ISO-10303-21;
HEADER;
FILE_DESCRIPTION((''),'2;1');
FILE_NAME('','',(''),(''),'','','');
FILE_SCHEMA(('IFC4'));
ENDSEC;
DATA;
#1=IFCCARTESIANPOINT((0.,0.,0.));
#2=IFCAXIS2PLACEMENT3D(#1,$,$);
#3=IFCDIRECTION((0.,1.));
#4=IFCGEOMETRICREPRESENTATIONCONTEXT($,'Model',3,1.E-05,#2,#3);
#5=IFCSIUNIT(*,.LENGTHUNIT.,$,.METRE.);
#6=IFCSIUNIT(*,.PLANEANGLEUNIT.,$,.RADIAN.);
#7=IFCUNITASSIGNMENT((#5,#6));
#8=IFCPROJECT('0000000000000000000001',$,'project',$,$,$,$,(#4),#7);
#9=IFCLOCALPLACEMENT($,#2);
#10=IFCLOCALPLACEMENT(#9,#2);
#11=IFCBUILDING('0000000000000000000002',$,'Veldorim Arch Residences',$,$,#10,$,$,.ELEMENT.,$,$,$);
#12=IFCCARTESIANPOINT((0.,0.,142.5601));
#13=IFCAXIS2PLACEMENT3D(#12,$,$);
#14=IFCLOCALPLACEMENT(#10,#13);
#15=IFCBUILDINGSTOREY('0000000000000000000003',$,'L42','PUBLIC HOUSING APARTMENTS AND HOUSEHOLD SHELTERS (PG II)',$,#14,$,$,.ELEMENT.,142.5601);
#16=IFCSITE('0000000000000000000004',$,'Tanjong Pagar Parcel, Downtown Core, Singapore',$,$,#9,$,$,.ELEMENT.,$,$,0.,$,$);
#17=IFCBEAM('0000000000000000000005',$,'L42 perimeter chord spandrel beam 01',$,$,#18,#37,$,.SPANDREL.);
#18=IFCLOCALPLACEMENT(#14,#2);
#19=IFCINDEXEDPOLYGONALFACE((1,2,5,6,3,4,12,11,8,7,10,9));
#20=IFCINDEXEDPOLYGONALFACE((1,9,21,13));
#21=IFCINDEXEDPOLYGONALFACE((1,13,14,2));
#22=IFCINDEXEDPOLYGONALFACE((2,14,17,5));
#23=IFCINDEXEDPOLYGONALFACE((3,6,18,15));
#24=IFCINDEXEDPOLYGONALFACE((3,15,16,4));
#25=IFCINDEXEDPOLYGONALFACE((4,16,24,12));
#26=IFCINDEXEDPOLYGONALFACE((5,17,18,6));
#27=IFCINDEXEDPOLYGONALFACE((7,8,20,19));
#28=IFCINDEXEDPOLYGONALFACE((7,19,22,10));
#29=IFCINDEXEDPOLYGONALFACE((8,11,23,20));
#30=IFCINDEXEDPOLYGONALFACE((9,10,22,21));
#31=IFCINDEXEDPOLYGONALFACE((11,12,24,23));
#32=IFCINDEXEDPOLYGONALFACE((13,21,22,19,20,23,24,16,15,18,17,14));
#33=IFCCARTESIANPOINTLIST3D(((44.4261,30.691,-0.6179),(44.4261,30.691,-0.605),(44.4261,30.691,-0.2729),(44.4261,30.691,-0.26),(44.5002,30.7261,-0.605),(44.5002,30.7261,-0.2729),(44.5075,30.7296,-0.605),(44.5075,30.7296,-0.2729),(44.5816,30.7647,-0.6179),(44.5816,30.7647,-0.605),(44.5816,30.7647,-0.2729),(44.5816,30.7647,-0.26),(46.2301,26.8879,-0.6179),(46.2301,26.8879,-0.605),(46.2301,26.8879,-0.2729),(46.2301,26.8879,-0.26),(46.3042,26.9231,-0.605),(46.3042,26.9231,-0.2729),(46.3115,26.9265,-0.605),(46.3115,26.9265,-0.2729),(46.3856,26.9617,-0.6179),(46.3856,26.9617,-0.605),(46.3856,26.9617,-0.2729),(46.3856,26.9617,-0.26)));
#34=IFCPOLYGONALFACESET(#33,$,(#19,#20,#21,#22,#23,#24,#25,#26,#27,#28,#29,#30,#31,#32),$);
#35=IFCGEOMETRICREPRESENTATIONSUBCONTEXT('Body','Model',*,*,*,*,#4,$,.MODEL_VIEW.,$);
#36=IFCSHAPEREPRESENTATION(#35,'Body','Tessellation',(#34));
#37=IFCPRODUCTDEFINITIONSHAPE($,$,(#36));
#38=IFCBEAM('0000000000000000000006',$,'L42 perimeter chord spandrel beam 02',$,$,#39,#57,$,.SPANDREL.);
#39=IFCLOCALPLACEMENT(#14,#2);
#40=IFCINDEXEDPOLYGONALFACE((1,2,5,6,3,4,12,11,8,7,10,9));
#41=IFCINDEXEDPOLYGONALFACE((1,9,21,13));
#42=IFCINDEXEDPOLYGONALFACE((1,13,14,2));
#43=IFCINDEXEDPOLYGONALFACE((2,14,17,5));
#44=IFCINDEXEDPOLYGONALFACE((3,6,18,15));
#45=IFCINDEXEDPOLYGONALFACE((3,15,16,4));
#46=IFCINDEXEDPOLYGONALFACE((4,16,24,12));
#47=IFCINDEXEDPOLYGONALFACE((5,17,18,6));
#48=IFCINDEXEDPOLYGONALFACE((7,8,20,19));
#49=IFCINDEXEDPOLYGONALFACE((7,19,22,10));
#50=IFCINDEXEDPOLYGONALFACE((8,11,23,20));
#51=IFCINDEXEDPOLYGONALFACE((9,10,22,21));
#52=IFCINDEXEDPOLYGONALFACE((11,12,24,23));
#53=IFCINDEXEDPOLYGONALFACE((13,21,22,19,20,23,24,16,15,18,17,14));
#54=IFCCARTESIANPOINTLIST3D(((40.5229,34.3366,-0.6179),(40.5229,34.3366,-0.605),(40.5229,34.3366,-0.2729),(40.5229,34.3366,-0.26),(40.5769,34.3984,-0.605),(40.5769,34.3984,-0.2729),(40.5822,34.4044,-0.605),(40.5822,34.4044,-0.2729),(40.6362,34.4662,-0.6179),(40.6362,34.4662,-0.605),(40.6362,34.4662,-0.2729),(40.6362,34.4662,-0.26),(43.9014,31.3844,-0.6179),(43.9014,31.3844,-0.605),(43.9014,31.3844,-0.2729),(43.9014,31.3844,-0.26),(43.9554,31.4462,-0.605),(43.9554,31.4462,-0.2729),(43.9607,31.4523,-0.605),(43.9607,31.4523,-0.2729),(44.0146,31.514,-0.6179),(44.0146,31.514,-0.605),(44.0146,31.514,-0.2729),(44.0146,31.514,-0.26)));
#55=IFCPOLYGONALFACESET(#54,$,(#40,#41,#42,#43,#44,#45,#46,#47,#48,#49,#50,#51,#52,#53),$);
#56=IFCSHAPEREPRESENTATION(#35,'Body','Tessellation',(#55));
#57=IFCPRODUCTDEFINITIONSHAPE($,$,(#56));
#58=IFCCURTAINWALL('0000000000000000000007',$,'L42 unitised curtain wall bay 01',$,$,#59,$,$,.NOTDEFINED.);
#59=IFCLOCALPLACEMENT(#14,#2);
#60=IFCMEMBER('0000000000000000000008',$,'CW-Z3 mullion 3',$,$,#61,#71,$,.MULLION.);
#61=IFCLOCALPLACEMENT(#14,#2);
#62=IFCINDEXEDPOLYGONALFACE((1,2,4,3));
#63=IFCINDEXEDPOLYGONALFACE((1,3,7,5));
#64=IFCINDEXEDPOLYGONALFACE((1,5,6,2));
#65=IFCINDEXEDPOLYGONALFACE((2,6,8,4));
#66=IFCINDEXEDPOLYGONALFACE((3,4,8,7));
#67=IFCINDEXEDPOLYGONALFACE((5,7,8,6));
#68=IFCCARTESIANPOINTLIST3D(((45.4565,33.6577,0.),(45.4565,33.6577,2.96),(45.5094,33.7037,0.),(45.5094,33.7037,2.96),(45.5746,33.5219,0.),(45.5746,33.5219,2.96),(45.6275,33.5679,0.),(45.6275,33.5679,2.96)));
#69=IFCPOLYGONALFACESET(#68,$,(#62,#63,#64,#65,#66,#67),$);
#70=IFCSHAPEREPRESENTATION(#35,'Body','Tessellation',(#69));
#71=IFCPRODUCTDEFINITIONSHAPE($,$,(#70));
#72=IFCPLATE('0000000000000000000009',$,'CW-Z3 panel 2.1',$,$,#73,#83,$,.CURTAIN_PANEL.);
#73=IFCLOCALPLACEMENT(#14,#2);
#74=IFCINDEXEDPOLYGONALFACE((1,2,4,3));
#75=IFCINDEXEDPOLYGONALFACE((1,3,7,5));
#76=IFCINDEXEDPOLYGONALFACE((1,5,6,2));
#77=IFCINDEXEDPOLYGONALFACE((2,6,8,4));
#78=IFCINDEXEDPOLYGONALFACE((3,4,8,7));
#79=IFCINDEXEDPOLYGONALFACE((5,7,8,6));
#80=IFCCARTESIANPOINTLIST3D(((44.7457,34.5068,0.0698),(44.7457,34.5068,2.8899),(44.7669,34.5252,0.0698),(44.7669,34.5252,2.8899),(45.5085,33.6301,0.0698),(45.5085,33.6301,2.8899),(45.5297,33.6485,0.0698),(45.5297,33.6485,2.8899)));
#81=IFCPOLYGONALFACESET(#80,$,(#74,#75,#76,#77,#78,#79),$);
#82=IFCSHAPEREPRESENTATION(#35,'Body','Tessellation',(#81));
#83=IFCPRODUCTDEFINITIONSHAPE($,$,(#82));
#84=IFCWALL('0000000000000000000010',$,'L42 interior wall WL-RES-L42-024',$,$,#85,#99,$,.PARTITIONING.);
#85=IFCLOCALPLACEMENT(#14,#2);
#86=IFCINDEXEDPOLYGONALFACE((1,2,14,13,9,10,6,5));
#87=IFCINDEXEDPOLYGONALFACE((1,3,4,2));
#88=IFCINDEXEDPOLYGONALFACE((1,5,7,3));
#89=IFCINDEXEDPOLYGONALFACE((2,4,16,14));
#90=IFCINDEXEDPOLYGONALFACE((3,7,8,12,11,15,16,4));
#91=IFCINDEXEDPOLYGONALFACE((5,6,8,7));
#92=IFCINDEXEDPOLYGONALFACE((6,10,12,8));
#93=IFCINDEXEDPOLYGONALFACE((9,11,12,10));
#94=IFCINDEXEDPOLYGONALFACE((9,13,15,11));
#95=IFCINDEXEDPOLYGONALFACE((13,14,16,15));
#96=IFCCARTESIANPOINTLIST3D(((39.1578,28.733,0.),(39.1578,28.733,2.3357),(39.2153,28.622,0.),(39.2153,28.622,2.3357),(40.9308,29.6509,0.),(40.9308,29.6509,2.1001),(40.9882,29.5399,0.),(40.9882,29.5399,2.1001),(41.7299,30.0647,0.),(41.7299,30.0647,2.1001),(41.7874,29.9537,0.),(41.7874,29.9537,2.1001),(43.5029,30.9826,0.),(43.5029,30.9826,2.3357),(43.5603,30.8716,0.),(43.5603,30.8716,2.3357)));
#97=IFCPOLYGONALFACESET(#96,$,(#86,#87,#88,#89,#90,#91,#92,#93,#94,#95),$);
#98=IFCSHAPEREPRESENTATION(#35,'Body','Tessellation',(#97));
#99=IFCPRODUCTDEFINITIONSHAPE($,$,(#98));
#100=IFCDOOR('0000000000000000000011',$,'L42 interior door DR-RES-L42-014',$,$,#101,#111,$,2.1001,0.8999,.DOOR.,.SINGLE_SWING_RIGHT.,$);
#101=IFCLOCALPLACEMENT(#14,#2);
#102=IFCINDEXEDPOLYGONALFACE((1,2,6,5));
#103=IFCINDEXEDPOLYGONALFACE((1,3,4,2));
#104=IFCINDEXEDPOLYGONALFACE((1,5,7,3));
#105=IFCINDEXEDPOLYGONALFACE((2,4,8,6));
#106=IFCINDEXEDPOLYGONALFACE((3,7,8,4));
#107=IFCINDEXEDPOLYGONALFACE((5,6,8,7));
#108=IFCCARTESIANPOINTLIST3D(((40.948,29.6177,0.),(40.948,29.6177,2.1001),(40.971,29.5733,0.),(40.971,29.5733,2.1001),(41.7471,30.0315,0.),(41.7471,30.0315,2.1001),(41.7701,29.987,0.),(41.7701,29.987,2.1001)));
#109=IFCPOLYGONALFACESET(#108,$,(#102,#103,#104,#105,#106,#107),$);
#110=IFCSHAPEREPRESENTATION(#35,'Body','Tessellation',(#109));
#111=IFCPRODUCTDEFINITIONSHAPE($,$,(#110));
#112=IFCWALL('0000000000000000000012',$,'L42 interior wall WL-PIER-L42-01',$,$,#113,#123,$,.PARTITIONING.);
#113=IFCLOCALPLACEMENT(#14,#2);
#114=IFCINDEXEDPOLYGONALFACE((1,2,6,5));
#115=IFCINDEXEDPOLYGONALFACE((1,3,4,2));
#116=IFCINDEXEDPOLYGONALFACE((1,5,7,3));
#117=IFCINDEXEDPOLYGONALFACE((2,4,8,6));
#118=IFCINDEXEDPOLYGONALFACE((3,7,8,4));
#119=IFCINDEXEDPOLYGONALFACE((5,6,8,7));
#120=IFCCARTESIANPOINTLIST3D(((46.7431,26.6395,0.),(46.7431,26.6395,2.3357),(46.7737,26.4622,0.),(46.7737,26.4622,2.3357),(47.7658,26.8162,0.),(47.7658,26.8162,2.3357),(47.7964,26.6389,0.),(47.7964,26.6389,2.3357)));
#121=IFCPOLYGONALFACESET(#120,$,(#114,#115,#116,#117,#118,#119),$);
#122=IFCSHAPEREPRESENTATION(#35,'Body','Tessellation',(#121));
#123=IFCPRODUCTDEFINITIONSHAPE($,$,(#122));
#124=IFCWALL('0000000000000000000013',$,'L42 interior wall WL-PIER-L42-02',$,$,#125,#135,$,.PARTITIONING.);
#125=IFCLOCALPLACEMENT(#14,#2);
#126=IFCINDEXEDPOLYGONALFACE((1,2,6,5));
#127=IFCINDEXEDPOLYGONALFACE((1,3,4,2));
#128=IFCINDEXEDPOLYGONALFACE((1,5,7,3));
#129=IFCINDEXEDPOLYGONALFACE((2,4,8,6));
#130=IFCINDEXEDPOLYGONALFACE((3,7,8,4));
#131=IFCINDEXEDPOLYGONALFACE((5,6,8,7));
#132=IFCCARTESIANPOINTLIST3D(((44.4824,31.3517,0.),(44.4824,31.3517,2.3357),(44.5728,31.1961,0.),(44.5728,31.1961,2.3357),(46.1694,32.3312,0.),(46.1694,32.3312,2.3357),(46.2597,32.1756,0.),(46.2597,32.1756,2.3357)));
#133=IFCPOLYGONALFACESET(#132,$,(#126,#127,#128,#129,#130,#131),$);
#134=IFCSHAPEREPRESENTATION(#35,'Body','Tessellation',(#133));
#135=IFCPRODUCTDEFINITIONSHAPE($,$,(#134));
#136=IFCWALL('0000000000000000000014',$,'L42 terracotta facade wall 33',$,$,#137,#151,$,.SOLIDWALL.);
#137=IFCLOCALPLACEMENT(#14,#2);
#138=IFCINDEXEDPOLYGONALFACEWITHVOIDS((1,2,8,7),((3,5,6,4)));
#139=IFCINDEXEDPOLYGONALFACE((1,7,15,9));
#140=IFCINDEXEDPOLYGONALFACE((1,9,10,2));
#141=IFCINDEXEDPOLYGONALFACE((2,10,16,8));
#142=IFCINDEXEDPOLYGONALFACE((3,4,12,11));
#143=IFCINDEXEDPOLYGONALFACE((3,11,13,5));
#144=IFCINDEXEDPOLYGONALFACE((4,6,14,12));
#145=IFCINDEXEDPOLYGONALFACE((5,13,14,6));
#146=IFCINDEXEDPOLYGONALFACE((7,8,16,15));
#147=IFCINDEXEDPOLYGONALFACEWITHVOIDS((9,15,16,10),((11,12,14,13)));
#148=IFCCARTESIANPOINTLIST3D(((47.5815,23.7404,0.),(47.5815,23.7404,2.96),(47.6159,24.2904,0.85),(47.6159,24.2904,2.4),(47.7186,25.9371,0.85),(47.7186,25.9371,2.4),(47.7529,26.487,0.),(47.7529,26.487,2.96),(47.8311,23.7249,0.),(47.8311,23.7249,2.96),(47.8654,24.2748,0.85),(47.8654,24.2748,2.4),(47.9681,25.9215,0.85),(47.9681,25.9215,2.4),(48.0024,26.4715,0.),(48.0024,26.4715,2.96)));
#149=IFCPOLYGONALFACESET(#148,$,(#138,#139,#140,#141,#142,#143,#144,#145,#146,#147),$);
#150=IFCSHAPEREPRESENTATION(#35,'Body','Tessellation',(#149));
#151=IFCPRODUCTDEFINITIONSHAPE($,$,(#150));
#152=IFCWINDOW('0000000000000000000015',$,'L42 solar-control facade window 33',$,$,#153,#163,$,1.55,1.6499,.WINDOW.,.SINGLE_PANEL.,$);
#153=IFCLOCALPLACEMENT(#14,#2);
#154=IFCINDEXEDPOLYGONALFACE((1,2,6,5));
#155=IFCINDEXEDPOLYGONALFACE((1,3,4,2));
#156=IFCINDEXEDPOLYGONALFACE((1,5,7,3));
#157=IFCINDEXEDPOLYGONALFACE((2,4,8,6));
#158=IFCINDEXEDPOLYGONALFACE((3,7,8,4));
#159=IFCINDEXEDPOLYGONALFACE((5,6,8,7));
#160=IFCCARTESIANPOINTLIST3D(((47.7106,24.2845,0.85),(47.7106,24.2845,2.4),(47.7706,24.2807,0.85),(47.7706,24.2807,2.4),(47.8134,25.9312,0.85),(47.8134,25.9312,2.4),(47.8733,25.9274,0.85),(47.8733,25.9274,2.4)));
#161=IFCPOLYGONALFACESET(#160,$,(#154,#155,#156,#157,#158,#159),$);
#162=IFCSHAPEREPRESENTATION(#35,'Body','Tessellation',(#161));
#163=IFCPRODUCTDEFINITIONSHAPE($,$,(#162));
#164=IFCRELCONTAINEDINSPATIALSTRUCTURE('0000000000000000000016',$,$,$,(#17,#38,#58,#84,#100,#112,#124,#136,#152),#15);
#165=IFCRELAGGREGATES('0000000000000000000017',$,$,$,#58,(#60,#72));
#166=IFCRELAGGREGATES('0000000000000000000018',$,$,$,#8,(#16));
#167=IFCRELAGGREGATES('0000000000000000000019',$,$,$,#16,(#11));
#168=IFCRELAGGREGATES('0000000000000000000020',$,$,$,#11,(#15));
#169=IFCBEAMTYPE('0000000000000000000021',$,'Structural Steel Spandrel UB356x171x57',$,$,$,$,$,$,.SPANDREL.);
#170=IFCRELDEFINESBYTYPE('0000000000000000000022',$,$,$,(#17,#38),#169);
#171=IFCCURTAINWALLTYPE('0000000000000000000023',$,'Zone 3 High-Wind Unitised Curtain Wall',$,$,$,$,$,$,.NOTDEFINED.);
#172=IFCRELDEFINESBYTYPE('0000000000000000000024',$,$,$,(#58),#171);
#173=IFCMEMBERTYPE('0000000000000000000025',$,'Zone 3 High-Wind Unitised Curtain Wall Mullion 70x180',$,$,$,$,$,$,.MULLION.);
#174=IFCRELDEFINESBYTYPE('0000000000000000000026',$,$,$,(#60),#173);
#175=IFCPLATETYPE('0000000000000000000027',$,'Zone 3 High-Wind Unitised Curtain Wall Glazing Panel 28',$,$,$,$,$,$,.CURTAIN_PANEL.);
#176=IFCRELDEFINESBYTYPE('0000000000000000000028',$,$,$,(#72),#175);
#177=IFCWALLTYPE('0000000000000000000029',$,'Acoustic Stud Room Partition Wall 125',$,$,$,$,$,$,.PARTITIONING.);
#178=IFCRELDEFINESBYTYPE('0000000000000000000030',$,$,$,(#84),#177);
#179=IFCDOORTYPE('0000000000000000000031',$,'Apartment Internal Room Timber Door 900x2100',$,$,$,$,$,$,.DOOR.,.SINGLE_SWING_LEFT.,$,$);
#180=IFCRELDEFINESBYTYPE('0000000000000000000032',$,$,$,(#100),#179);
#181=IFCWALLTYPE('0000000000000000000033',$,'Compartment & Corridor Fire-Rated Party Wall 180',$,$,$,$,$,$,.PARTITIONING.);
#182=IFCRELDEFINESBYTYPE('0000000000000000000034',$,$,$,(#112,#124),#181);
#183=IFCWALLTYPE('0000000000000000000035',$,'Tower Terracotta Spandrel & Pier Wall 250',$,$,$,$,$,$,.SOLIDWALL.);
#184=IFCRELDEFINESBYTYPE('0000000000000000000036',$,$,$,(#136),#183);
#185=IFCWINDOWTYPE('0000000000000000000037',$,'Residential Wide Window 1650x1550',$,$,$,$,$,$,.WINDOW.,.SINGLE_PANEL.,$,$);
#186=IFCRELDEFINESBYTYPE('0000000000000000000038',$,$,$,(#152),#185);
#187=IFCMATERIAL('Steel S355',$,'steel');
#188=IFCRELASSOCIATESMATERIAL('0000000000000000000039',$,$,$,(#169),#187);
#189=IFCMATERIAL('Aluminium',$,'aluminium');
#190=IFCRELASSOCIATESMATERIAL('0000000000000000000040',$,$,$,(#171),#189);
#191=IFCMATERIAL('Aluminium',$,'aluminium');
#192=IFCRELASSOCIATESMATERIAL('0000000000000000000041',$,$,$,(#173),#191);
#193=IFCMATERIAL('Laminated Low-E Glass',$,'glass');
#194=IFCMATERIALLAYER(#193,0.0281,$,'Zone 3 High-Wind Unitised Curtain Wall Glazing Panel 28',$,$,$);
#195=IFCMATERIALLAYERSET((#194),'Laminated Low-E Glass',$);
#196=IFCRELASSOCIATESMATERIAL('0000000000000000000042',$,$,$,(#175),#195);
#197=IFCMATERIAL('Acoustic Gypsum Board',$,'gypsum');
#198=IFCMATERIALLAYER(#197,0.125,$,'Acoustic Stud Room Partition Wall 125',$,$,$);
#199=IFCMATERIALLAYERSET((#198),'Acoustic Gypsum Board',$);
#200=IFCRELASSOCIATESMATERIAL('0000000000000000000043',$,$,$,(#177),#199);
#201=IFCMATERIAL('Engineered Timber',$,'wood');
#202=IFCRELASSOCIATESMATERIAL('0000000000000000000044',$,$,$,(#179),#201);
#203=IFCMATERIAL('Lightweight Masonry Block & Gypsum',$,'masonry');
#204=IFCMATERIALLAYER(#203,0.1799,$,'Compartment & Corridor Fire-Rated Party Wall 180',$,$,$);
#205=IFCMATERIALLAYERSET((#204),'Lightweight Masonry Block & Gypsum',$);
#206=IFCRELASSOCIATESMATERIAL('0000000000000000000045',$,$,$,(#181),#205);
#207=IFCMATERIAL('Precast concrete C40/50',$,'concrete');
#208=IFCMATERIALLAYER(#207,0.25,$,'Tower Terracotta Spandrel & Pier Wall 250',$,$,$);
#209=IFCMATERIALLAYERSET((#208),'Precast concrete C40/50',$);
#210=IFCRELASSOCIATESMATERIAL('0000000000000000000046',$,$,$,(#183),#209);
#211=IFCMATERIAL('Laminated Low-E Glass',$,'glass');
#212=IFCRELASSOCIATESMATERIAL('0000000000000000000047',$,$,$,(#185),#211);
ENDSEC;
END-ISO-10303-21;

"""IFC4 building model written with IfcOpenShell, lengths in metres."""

from ifc_helpers import new_model, si_unit, direction, frame, frame_2d, origin, origin_2d, place, context, subcontext, project, spatial, rectangle, i_section, extrude, material, layer, layer_set, material_profile, profile_set, type_object, element, fill, aggregate, save


model = new_model("IFC4")

# Units and contexts
model_context = context("Model", 3, precision=1e-05, world=origin(), true_north=direction((0.0, 1.0)))
body_context = subcontext(model_context, "Body", "Model", "MODEL_VIEW")
ifc_project = project(units=[si_unit("LENGTHUNIT", "METRE"), si_unit("PLANEANGLEUNIT", "RADIAN")], contexts=[model_context])

# Site, building, storey
site_placement = place(None, origin())
site = spatial("IfcSite", under=ifc_project, at=site_placement, Name="Tanjong Pagar Parcel, Downtown Core, Singapore", CompositionType="ELEMENT", RefElevation=0.0)
building_placement = place(site_placement, origin())
building = spatial("IfcBuilding", under=site, at=building_placement, Name="Veldorim Arch Residences", CompositionType="ELEMENT")
storey_placement = place(building_placement, frame((0.0, 0.0, 142.5601)))
storey = spatial("IfcBuildingStorey", under=building, at=storey_placement, Name="L42", Description="PUBLIC HOUSING APARTMENTS AND HOUSEHOLD SHELTERS (PG II)", CompositionType="ELEMENT", Elevation=142.5601)

# Beams
ifc_material_1 = material(Name="Steel S355", Category="steel")
ifc_material_profile_1 = material_profile(ifc_material_1, i_section(OverallWidth=0.1721, OverallDepth=0.3579, WebThickness=0.0081, FlangeThickness=0.0129, at=origin_2d()), Name="UB356x171x57")
ifc_profile_set_1 = profile_set([ifc_material_profile_1], Name="Steel S355")
beam_type_1 = type_object("IfcBeamType", Name="Structural Steel Spandrel UB356x171x57", PredefinedType="SPANDREL", material=ifc_profile_set_1)
beam_1_placement = place(storey_placement, frame((46.3079, 26.9248, -0.439), z_axis=(-0.42858, 0.903504, 0.0), x_axis=(-0.903504, -0.42858, 0.0)))
element("IfcBeam", 1, at=beam_1_placement, inside=storey, type_object=beam_type_1, Name="L42 perimeter chord spandrel beam 01", PredefinedType="SPANDREL", context=body_context, shape_type="SweptSolid", body=[
    extrude(i_section(OverallWidth=0.1721, OverallDepth=0.3579, WebThickness=0.0081, FlangeThickness=0.0129, at=origin_2d()), origin(), (0.0, 0.0, 1.0), 4.2092),
])
beam_2_placement = place(storey_placement, frame((43.958, 31.4492, -0.439), z_axis=(-0.753015, 0.658004, 0.0), x_axis=(-0.658004, -0.753015, 0.0)))
element("IfcBeam", 2, at=beam_2_placement, inside=storey, type_object=beam_type_1, Name="L42 perimeter chord spandrel beam 02", PredefinedType="SPANDREL", context=body_context, shape_type="SweptSolid", body=[
    extrude(i_section(OverallWidth=0.1721, OverallDepth=0.3579, WebThickness=0.0081, FlangeThickness=0.0129, at=origin_2d()), origin(), (0.0, 0.0, 1.0), 4.4866),
])

# Curtain wall, member, plate
ifc_material_2 = material(Name="Aluminium", Category="aluminium")
curtain_wall_type = type_object("IfcCurtainWallType", Name="Zone 3 High-Wind Unitised Curtain Wall", PredefinedType="NOTDEFINED", material=ifc_material_2)
curtain_wall_placement = place(storey_placement, origin())
curtain_wall = element("IfcCurtainWall", 3, at=curtain_wall_placement, inside=storey, type_object=curtain_wall_type, Name="L42 unitised curtain wall bay 01", PredefinedType="NOTDEFINED")
ifc_material_3 = material(Name="Aluminium", Category="aluminium")
ifc_material_profile_2 = material_profile(ifc_material_3, rectangle(XDim=0.0701, YDim=0.1799, at=origin_2d()), Name="ALU_MUL_70x180")
ifc_profile_set_2 = profile_set([ifc_material_profile_2], Name="Aluminium")
member_type = type_object("IfcMemberType", Name="Zone 3 High-Wind Unitised Curtain Wall Mullion 70x180", PredefinedType="MULLION", material=ifc_profile_set_2)
member_placement = place(storey_placement, frame((45.542, 33.6128, 0.0), z_axis=(0.0, 0.0, 1.0), x_axis=(0.7544, 0.656415, 0.0)))
member = element("IfcMember", 4, at=member_placement, type_object=member_type, Name="CW-Z3 mullion 3", PredefinedType="MULLION", context=body_context, shape_type="SweptSolid", body=[
    extrude(rectangle(XDim=0.0701, YDim=0.1799, at=origin_2d()), origin(), (0.0, 0.0, 1.0), 2.96),
])
ifc_material_4 = material(Name="Laminated Low-E Glass", Category="glass")
ifc_layer_1 = layer(ifc_material_4, 0.0281, Name="Zone 3 High-Wind Unitised Curtain Wall Glazing Panel 28")
ifc_layer_set_1 = layer_set([ifc_layer_1], Name="Laminated Low-E Glass")
plate_type = type_object("IfcPlateType", Name="Zone 3 High-Wind Unitised Curtain Wall Glazing Panel 28", PredefinedType="CURTAIN_PANEL", material=ifc_layer_set_1)
plate_placement = place(storey_placement, frame((45.1377, 34.0776, 0.0698), z_axis=(0.0, 0.0, 1.0), x_axis=(0.656415, -0.7544, 0.0)))
plate = element("IfcPlate", 5, at=plate_placement, type_object=plate_type, Name="CW-Z3 panel 2.1", PredefinedType="CURTAIN_PANEL", context=body_context, shape_type="SweptSolid", body=[
    extrude(rectangle(XDim=1.1621, YDim=0.0281, at=origin_2d()), origin(), (0.0, 0.0, 1.0), 2.8201),
])
aggregate(curtain_wall, [member, plate])

# Wall, opening, door
ifc_material_5 = material(Name="Acoustic Gypsum Board", Category="gypsum")
ifc_layer_2 = layer(ifc_material_5, 0.125, Name="Acoustic Stud Room Partition Wall 125")
ifc_layer_set_2 = layer_set([ifc_layer_2], Name="Acoustic Gypsum Board")
wall_type_1 = type_object("IfcWallType", Name="Acoustic Stud Room Partition Wall 125", PredefinedType="PARTITIONING", material=ifc_layer_set_2)
wall_1_placement = place(storey_placement, frame((43.5315, 30.927, 0.0), z_axis=(0.0, 0.0, 1.0), x_axis=(-0.888041, -0.459764, 0.0)))
wall_1 = element("IfcWall", 6, at=wall_1_placement, inside=storey, type_object=wall_type_1, Name="L42 interior wall WL-RES-L42-024", PredefinedType="PARTITIONING", context=body_context, shape_type="SweptSolid", body=[
    extrude(rectangle(XDim=4.8928, YDim=0.125, at=frame_2d((2.4463, 0.0))), origin(), (0.0, 0.0, 1.0), 2.3357),
])
opening_1_placement = place(wall_1_placement, frame((1.9963, 0.0, 0.0)))
opening_1 = element("IfcOpeningElement", 7, at=opening_1_placement, cuts=wall_1, PredefinedType="OPENING", context=body_context, shape_type="SweptSolid", body=[
    extrude(rectangle(XDim=0.8999, YDim=2.1001, at=frame_2d((0.45, 1.05))), frame((0.0, 0.0725, 0.0), z_axis=(0.0, -1.0, 0.0), x_axis=(1.0, 0.0, 0.0)), (0.0, 0.0, 1.0), 0.145),
])
ifc_material_6 = material(Name="Engineered Timber", Category="wood")
door_type = type_object("IfcDoorType", Name="Apartment Internal Room Timber Door 900x2100", OperationType="SINGLE_SWING_LEFT", PredefinedType="DOOR", material=ifc_material_6)
door_placement = place(opening_1_placement, origin())
door = element("IfcDoor", 8, at=door_placement, inside=storey, type_object=door_type, Name="L42 interior door DR-RES-L42-014", OperationType="SINGLE_SWING_RIGHT", OverallHeight=2.1001, OverallWidth=0.8999, PredefinedType="DOOR", context=body_context, shape_type="SweptSolid", body=[
    extrude(rectangle(XDim=0.8999, YDim=2.1001, at=frame_2d((0.45, 1.05))), frame((0.0, 0.0249, 0.0), z_axis=(0.0, -1.0, 0.0), x_axis=(1.0, 0.0, 0.0)), (0.0, 0.0, 1.0), 0.05),
])
fill(opening_1, door)

# Walls
ifc_material_7 = material(Name="Lightweight Masonry Block & Gypsum", Category="masonry")
ifc_layer_3 = layer(ifc_material_7, 0.1799, Name="Compartment & Corridor Fire-Rated Party Wall 180")
ifc_layer_set_3 = layer_set([ifc_layer_3], Name="Lightweight Masonry Block & Gypsum")
wall_type_2 = type_object("IfcWallType", Name="Compartment & Corridor Fire-Rated Party Wall 180", PredefinedType="PARTITIONING", material=ifc_layer_set_3)
wall_2_placement = place(storey_placement, frame((46.7583, 26.5508, 0.0), z_axis=(0.0, 0.0, 1.0), x_axis=(0.985391, 0.170309, 0.0)))
element("IfcWall", 9, at=wall_2_placement, inside=storey, type_object=wall_type_2, Name="L42 interior wall WL-PIER-L42-01", PredefinedType="PARTITIONING", context=body_context, shape_type="SweptSolid", body=[
    extrude(rectangle(XDim=1.0378, YDim=0.1799, at=frame_2d((0.519, 0.0))), origin(), (0.0, 0.0, 1.0), 2.3357),
])
wall_3_placement = place(storey_placement, frame((44.5276, 31.2739, 0.0), z_axis=(0.0, 0.0, 1.0), x_axis=(0.864803, 0.502111, 0.0)))
element("IfcWall", 10, at=wall_3_placement, inside=storey, type_object=wall_type_2, Name="L42 interior wall WL-PIER-L42-02", PredefinedType="PARTITIONING", context=body_context, shape_type="SweptSolid", body=[
    extrude(rectangle(XDim=1.9507, YDim=0.1799, at=frame_2d((0.9753, 0.0))), origin(), (0.0, 0.0, 1.0), 2.3357),
])

# Wall, opening, window
ifc_material_8 = material(Name="Precast concrete C40/50", Category="concrete")
ifc_layer_4 = layer(ifc_material_8, 0.25, Name="Tower Terracotta Spandrel & Pier Wall 250")
ifc_layer_set_4 = layer_set([ifc_layer_4], Name="Precast concrete C40/50")
wall_type_3 = type_object("IfcWallType", Name="Tower Terracotta Spandrel & Pier Wall 250", PredefinedType="SOLIDWALL", material=ifc_layer_set_4)
wall_4_placement = place(storey_placement, frame((47.8777, 26.4792, 0.0), z_axis=(0.0, 0.0, 1.0), x_axis=(-0.062279, -0.998059, 0.0)))
wall_4 = element("IfcWall", 11, at=wall_4_placement, inside=storey, type_object=wall_type_3, Name="L42 terracotta facade wall 33", PredefinedType="SOLIDWALL", context=body_context, shape_type="SweptSolid", body=[
    extrude(rectangle(XDim=2.752, YDim=0.25, at=frame_2d((1.376, 0.0))), origin(), (0.0, 0.0, 1.0), 2.96),
])
opening_2_placement = place(wall_4_placement, frame((0.551, 0.0, 0.8501)))
opening_2 = element("IfcOpeningElement", 12, at=opening_2_placement, cuts=wall_4, PredefinedType="OPENING", context=body_context, shape_type="SweptSolid", body=[
    extrude(rectangle(XDim=1.6499, YDim=1.55, at=frame_2d((0.825, 0.7749))), frame((0.0, 0.135, 0.0), z_axis=(0.0, -1.0, 0.0), x_axis=(1.0, 0.0, 0.0)), (0.0, 0.0, 1.0), 0.27),
])
ifc_material_9 = material(Name="Laminated Low-E Glass", Category="glass")
window_type = type_object("IfcWindowType", Name="Residential Wide Window 1650x1550", PartitioningType="SINGLE_PANEL", PredefinedType="WINDOW", material=ifc_material_9)
window_1_placement = place(opening_2_placement, origin())
window_1 = element("IfcWindow", 13, at=window_1_placement, inside=storey, type_object=window_type, Name="L42 solar-control facade window 33", OverallHeight=1.55, OverallWidth=1.6499, PartitioningType="SINGLE_PANEL", PredefinedType="WINDOW", context=body_context, shape_type="SweptSolid", body=[
    extrude(rectangle(XDim=1.6499, YDim=1.55, at=frame_2d((0.825, 0.7749))), frame((0.0, 0.03, 0.0), z_axis=(0.0, -1.0, 0.0), x_axis=(1.0, 0.0, 0.0)), (0.0, 0.0, 1.0), 0.0601),
])
fill(opening_2, window_1)

save(model, "model.ifc")
